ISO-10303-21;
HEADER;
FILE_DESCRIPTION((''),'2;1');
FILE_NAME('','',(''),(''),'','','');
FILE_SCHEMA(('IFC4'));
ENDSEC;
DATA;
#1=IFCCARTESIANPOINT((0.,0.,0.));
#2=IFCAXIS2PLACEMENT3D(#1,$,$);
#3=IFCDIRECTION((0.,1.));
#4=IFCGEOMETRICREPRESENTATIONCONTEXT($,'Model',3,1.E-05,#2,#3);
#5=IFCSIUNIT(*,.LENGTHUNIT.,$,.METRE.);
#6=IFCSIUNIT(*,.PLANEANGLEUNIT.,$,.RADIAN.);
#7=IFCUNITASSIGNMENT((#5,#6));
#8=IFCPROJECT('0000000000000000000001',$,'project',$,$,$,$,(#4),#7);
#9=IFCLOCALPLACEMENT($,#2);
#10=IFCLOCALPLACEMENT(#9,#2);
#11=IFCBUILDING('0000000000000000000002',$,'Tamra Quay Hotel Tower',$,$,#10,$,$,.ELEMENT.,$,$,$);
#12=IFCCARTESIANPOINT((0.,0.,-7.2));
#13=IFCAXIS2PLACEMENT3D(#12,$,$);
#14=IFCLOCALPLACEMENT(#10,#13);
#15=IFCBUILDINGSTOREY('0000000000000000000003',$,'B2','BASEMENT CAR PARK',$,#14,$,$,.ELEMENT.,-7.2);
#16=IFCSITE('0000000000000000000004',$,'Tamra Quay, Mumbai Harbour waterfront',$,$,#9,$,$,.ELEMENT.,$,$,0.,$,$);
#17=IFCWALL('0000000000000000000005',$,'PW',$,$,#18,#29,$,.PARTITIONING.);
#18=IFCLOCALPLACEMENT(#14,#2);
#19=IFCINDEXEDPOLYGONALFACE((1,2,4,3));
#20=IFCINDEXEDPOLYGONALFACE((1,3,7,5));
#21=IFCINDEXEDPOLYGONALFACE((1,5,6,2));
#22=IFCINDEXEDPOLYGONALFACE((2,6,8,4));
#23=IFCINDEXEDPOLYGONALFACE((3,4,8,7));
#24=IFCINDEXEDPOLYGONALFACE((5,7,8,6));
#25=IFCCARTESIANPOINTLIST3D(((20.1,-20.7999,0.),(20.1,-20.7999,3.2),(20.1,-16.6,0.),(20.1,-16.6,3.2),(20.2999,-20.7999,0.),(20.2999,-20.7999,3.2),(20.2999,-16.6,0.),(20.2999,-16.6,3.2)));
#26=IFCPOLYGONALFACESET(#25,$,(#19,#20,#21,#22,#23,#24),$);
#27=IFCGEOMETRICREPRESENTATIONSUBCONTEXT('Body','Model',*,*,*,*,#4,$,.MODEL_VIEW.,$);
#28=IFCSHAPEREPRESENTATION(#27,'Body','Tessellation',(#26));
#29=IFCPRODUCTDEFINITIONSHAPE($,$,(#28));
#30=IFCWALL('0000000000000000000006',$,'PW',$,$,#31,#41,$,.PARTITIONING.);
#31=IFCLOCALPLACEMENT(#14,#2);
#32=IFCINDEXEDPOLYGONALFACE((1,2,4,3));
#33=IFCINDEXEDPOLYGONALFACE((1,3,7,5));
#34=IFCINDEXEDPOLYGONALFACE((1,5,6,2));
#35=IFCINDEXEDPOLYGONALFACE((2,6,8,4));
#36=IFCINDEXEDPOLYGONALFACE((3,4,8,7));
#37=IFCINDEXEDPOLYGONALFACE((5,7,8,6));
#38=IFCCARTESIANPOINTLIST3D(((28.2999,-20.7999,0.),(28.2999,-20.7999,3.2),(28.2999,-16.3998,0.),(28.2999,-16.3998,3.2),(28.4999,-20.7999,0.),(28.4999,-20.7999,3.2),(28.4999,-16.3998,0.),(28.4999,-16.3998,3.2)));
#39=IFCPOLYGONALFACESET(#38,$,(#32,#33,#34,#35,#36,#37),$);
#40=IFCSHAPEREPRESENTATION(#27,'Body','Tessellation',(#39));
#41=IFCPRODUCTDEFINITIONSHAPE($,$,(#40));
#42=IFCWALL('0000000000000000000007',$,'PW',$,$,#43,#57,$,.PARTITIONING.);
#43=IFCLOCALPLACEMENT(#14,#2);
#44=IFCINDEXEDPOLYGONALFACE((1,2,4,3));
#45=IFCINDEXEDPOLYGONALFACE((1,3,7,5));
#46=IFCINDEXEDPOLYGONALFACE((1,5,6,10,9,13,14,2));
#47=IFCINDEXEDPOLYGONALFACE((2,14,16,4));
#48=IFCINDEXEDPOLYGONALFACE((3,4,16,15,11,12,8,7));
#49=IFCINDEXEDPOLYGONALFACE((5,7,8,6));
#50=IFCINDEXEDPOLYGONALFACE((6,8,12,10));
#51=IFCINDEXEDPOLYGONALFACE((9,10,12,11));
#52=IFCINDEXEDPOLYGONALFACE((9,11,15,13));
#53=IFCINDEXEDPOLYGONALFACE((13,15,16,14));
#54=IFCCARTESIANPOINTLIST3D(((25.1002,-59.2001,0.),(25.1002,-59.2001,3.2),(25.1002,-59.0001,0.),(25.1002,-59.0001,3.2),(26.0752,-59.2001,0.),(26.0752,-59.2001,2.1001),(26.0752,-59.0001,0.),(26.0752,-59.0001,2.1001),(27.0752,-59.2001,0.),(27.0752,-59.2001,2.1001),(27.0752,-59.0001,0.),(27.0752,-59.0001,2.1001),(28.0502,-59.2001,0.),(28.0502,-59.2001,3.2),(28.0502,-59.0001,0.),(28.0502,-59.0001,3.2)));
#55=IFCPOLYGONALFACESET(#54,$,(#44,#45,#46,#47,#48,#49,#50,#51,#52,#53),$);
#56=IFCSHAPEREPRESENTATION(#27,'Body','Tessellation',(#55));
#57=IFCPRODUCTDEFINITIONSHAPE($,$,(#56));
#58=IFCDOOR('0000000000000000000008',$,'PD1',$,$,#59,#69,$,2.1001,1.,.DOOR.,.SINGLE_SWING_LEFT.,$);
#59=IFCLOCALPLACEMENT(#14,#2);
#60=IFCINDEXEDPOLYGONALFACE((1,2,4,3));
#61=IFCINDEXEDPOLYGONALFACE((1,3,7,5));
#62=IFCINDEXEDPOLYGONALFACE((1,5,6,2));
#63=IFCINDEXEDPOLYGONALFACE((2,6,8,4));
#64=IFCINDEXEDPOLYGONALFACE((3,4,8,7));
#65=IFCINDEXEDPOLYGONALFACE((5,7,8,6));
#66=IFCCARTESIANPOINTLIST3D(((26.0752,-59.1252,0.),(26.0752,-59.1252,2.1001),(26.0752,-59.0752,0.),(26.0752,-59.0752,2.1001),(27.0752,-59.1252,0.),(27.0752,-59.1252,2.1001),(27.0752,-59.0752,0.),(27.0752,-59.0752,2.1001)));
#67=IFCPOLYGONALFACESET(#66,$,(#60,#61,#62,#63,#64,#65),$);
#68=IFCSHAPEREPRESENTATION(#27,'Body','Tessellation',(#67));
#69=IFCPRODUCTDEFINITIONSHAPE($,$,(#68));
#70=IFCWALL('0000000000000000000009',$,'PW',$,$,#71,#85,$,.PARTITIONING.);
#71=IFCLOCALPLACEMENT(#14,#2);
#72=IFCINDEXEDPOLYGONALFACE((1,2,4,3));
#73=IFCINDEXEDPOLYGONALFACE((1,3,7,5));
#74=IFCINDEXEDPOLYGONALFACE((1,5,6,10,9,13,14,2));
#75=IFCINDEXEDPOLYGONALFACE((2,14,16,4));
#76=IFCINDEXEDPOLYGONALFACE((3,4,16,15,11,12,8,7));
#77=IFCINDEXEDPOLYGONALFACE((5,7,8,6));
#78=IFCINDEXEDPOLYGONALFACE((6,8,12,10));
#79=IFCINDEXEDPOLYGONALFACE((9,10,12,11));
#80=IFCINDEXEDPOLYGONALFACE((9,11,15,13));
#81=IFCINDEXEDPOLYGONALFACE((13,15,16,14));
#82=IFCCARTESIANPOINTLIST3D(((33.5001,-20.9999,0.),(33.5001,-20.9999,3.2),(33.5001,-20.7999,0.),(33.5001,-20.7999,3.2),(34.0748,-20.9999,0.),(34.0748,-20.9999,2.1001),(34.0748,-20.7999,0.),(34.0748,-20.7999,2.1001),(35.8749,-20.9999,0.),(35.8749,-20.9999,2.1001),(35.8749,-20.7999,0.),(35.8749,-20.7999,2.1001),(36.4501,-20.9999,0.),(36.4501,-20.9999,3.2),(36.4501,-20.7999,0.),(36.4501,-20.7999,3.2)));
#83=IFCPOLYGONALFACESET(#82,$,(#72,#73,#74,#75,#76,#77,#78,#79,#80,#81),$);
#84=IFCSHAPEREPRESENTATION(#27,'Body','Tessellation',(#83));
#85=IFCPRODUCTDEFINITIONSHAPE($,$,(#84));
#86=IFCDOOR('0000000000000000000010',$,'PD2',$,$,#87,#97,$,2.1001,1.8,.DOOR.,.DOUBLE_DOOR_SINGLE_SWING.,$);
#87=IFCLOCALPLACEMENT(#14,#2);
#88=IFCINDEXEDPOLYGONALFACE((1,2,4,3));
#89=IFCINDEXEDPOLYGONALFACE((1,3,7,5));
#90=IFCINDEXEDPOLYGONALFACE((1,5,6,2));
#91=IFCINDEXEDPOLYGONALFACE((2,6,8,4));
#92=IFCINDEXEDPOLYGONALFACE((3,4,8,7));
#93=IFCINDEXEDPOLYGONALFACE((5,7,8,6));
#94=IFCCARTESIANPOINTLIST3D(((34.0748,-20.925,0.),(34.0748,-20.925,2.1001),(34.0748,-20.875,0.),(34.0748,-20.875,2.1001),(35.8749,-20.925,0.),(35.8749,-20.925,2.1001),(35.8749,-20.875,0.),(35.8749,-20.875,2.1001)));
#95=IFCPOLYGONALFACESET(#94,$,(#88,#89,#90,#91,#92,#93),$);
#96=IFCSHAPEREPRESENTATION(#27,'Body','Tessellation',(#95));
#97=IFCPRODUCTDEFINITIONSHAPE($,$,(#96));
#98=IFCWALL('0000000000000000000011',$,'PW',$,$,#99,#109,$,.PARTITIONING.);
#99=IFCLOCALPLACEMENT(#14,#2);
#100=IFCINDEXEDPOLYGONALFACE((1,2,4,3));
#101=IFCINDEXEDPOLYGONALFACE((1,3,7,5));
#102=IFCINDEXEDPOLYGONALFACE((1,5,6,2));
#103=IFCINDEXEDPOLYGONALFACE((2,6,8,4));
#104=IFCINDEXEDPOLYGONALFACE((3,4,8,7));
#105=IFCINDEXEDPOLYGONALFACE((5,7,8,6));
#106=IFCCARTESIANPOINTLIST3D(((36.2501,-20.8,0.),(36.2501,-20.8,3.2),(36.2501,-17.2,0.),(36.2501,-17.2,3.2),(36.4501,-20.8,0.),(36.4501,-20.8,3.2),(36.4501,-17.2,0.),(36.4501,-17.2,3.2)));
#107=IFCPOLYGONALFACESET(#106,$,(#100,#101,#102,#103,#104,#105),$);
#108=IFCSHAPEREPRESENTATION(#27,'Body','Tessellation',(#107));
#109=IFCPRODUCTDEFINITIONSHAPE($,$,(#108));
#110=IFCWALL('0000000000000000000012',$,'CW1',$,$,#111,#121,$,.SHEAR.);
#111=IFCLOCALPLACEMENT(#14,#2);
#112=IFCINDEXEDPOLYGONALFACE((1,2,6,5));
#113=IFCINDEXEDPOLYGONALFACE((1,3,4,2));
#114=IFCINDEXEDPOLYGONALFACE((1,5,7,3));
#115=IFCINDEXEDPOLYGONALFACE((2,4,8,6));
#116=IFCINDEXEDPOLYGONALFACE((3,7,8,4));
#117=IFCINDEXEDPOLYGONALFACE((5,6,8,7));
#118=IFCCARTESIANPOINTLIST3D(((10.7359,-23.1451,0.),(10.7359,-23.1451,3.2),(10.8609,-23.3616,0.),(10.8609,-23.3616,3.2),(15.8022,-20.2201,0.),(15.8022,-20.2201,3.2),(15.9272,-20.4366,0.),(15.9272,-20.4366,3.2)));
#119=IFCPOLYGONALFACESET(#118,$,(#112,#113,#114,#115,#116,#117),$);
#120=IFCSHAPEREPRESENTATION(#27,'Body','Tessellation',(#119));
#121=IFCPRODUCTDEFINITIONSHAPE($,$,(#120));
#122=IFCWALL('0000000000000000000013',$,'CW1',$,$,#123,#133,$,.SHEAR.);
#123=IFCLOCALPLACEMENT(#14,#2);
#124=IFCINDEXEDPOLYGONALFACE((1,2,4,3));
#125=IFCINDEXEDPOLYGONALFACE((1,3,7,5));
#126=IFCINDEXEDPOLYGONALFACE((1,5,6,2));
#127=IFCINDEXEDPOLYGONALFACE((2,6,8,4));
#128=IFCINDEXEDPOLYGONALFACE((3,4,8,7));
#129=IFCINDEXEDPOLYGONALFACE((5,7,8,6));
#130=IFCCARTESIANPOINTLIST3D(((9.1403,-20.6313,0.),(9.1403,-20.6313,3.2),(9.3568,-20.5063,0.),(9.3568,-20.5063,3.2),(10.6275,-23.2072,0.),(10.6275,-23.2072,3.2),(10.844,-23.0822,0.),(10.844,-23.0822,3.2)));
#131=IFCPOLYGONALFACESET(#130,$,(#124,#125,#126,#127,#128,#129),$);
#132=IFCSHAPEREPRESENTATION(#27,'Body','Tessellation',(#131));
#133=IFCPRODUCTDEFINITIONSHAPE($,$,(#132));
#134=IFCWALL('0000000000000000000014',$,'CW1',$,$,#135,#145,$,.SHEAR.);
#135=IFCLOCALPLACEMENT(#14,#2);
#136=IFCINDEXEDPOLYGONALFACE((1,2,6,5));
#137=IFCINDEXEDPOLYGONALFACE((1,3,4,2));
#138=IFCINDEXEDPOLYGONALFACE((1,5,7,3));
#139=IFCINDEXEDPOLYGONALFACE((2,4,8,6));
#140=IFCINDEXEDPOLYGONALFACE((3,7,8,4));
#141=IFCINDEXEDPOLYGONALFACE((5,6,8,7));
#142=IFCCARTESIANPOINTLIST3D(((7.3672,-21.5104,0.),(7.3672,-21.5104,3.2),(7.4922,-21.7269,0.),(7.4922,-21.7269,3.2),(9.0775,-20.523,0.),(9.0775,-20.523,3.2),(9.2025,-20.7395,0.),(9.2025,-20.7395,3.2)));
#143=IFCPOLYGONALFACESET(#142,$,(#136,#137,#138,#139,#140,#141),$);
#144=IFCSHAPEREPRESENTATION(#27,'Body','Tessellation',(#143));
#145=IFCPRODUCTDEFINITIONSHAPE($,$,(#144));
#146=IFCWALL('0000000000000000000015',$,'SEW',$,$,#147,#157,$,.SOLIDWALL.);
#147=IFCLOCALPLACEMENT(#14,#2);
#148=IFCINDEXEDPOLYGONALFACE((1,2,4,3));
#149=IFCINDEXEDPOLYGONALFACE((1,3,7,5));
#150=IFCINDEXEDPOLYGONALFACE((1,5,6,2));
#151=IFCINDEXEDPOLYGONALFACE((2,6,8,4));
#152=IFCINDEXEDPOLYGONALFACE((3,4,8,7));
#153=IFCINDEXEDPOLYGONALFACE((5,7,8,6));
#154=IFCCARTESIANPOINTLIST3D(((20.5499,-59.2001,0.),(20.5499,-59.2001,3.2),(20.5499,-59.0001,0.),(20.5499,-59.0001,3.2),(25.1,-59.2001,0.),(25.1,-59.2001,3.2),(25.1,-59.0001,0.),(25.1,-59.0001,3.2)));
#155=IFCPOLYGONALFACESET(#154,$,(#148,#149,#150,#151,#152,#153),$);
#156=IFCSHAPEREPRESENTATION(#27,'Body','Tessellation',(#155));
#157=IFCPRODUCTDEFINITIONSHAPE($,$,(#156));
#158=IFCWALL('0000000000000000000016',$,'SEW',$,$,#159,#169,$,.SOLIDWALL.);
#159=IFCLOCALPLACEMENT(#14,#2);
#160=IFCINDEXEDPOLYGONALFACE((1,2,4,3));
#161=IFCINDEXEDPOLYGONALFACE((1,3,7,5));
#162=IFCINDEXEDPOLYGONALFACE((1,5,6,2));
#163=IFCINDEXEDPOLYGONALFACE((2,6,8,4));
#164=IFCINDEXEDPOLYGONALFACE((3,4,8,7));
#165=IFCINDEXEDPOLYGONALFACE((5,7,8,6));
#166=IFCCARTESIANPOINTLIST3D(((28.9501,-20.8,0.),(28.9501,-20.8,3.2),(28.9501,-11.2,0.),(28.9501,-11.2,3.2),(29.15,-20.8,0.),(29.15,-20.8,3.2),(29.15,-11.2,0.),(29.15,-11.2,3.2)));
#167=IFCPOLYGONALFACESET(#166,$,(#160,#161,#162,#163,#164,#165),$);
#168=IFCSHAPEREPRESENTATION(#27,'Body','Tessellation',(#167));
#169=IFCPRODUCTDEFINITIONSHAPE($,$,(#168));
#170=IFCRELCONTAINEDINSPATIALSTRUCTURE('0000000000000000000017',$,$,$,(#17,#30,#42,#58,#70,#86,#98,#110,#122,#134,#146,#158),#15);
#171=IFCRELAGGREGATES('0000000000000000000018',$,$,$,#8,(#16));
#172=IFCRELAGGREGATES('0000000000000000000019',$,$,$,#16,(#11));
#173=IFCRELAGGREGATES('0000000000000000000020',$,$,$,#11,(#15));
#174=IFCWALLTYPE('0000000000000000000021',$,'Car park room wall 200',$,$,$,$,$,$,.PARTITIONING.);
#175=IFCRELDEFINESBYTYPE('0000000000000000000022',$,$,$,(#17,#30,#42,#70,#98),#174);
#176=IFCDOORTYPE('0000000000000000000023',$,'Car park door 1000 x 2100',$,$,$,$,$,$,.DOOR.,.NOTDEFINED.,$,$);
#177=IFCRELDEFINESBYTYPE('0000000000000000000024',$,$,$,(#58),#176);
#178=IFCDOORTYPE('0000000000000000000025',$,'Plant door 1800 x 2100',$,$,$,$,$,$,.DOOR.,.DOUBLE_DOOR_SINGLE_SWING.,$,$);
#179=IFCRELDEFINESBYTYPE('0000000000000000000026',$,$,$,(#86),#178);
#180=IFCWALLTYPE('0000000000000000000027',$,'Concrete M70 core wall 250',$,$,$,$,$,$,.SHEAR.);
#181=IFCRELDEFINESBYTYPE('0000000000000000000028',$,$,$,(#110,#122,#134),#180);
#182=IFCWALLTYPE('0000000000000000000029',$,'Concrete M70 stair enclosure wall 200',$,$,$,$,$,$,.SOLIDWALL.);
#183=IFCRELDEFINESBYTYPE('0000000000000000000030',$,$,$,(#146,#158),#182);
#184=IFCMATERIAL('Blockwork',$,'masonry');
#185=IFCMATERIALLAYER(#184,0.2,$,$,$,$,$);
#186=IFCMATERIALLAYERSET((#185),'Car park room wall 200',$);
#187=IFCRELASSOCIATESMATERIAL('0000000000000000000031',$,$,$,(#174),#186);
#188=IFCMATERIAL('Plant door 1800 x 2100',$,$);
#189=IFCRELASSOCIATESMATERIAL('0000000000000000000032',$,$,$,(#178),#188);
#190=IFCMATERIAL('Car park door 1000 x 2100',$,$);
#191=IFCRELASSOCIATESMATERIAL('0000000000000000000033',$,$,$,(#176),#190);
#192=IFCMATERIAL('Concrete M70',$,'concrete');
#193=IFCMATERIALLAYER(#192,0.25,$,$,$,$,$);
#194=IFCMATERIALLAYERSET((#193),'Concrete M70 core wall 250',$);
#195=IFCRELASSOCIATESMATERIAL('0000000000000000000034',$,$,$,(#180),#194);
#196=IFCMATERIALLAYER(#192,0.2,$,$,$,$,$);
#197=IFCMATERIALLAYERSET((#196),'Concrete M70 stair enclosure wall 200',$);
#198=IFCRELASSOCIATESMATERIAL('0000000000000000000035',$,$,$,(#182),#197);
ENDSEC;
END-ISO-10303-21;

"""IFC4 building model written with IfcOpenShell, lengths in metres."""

from ifc_helpers import new_model, si_unit, direction, frame, frame_2d, origin, place, context, subcontext, project, spatial, rectangle, extrude, material, layer, layer_set, type_object, element, fill, save


model = new_model("IFC4")

# Units and contexts
model_context = context("Model", 3, precision=1e-05, world=origin(), true_north=direction((0.0, 1.0)))
body_context = subcontext(model_context, "Body", "Model", "MODEL_VIEW")
ifc_project = project(units=[si_unit("LENGTHUNIT", "METRE"), si_unit("PLANEANGLEUNIT", "RADIAN")], contexts=[model_context])

# Site, building, storey
site_placement = place(None, origin())
site = spatial("IfcSite", under=ifc_project, at=site_placement, Name="Tamra Quay, Mumbai Harbour waterfront", CompositionType="ELEMENT", RefElevation=0.0)
building_placement = place(site_placement, origin())
building = spatial("IfcBuilding", under=site, at=building_placement, Name="Tamra Quay Hotel Tower", CompositionType="ELEMENT")
storey_placement = place(building_placement, frame((0.0, 0.0, -7.2)))
storey = spatial("IfcBuildingStorey", under=building, at=storey_placement, Name="B2", Description="BASEMENT CAR PARK", CompositionType="ELEMENT", Elevation=-7.2)

# Shared definitions
ifc_material_1 = material(Name="Concrete M70", Category="concrete")

# Shared definitions
ifc_material_2 = material(Name="Blockwork", Category="masonry")
ifc_layer_1 = layer(ifc_material_2, 0.2)
ifc_layer_set_1 = layer_set([ifc_layer_1], Name="Car park room wall 200")
wall_type_1 = type_object("IfcWallType", Name="Car park room wall 200", PredefinedType="PARTITIONING", material=ifc_layer_set_1)

# Shared definitions
ifc_material_3 = material(Name="Plant door 1800 x 2100")
door_type_1 = type_object("IfcDoorType", Name="Plant door 1800 x 2100", OperationType="DOUBLE_DOOR_SINGLE_SWING", PredefinedType="DOOR", material=ifc_material_3)

# Walls
wall_1_placement = place(storey_placement, frame((20.2, -20.8, 0.0), z_axis=(0.0, 0.0, 1.0), x_axis=(0.0, 1.0, 0.0)))
element("IfcWall", 1, at=wall_1_placement, inside=storey, type_object=wall_type_1, Name="PW", PredefinedType="PARTITIONING", context=body_context, shape_type="SweptSolid", body=[
    extrude(rectangle(XDim=4.2, YDim=0.2, at=frame_2d((2.1001, 0.0))), origin(), (0.0, 0.0, 1.0), 3.2),
])
wall_2_placement = place(storey_placement, frame((28.3999, -20.8, 0.0), z_axis=(0.0, 0.0, 1.0), x_axis=(0.0, 1.0, 0.0)))
element("IfcWall", 2, at=wall_2_placement, inside=storey, type_object=wall_type_1, Name="PW", PredefinedType="PARTITIONING", context=body_context, shape_type="SweptSolid", body=[
    extrude(rectangle(XDim=4.4001, YDim=0.2, at=frame_2d((2.2002, 0.0))), origin(), (0.0, 0.0, 1.0), 3.2),
])

# Walls, openings, doors
wall_3_placement = place(storey_placement, frame((25.1001, -59.1001, 0.0), z_axis=(0.0, 0.0, 1.0), x_axis=(1.0, 0.0, 0.0)))
wall_3 = element("IfcWall", 3, at=wall_3_placement, inside=storey, type_object=wall_type_1, Name="PW", PredefinedType="PARTITIONING", context=body_context, shape_type="SweptSolid", body=[
    extrude(rectangle(XDim=2.95, YDim=0.2, at=frame_2d((1.4751, 0.0))), origin(), (0.0, 0.0, 1.0), 3.2),
])
opening_1_placement = place(wall_3_placement, frame((0.9751, 0.0, 0.0)))
opening_1 = element("IfcOpeningElement", 4, at=opening_1_placement, cuts=wall_3, PredefinedType="OPENING", context=body_context, shape_type="SweptSolid", body=[
    extrude(rectangle(XDim=1.0, YDim=2.1001, at=frame_2d((0.5, 1.05))), frame((0.0, 0.1099, 0.0), z_axis=(0.0, -1.0, 0.0), x_axis=(1.0, 0.0, 0.0)), (0.0, 0.0, 1.0), 0.22),
])
ifc_material_4 = material(Name="Car park door 1000 x 2100")
door_type_2 = type_object("IfcDoorType", Name="Car park door 1000 x 2100", OperationType="NOTDEFINED", PredefinedType="DOOR", material=ifc_material_4)
door_1_placement = place(opening_1_placement, origin())
door_1 = element("IfcDoor", 5, at=door_1_placement, inside=storey, type_object=door_type_2, Name="PD1", OperationType="SINGLE_SWING_LEFT", OverallHeight=2.1001, OverallWidth=1.0, PredefinedType="DOOR", context=body_context, shape_type="SweptSolid", body=[
    extrude(rectangle(XDim=1.0, YDim=2.1001, at=frame_2d((0.5, 1.05))), frame((0.0, 0.0249, 0.0), z_axis=(0.0, -1.0, 0.0), x_axis=(1.0, 0.0, 0.0)), (0.0, 0.0, 1.0), 0.05),
])
fill(opening_1, door_1)
wall_4_placement = place(storey_placement, frame((33.5, -20.8999, 0.0), z_axis=(0.0, 0.0, 1.0), x_axis=(1.0, 0.0, 0.0)))
wall_4 = element("IfcWall", 6, at=wall_4_placement, inside=storey, type_object=wall_type_1, Name="PW", PredefinedType="PARTITIONING", context=body_context, shape_type="SweptSolid", body=[
    extrude(rectangle(XDim=2.95, YDim=0.2, at=frame_2d((1.4751, 0.0))), origin(), (0.0, 0.0, 1.0), 3.2),
])
opening_2_placement = place(wall_4_placement, frame((0.575, 0.0, 0.0)))
opening_2 = element("IfcOpeningElement", 7, at=opening_2_placement, cuts=wall_4, PredefinedType="OPENING", context=body_context, shape_type="SweptSolid", body=[
    extrude(rectangle(XDim=1.8, YDim=2.1001, at=frame_2d((0.8999, 1.05))), frame((0.0, 0.1099, 0.0), z_axis=(0.0, -1.0, 0.0), x_axis=(1.0, 0.0, 0.0)), (0.0, 0.0, 1.0), 0.22),
])
door_2_placement = place(opening_2_placement, origin())
door_2 = element("IfcDoor", 8, at=door_2_placement, inside=storey, type_object=door_type_1, Name="PD2", OperationType="DOUBLE_DOOR_SINGLE_SWING", OverallHeight=2.1001, OverallWidth=1.8, PredefinedType="DOOR", context=body_context, shape_type="SweptSolid", body=[
    extrude(rectangle(XDim=1.8, YDim=2.1001, at=frame_2d((0.8999, 1.05))), frame((0.0, 0.0249, 0.0), z_axis=(0.0, -1.0, 0.0), x_axis=(1.0, 0.0, 0.0)), (0.0, 0.0, 1.0), 0.05),
])
fill(opening_2, door_2)

# Walls
wall_5_placement = place(storey_placement, frame((36.3501, -20.8, 0.0), z_axis=(0.0, 0.0, 1.0), x_axis=(0.0, 1.0, 0.0)))
element("IfcWall", 9, at=wall_5_placement, inside=storey, type_object=wall_type_1, Name="PW", PredefinedType="PARTITIONING", context=body_context, shape_type="SweptSolid", body=[
    extrude(rectangle(XDim=3.6001, YDim=0.2, at=frame_2d((1.8, 0.0))), origin(), (0.0, 0.0, 1.0), 3.2),
])
ifc_layer_2 = layer(ifc_material_1, 0.25)
ifc_layer_set_2 = layer_set([ifc_layer_2], Name="Concrete M70 core wall 250")
wall_type_2 = type_object("IfcWallType", Name="Concrete M70 core wall 250", PredefinedType="SHEAR", material=ifc_layer_set_2)
wall_6_placement = place(storey_placement, frame((15.8647, -20.3284, 0.0), z_axis=(0.0, 0.0, 1.0), x_axis=(-0.866029, -0.499995, 0.0)))
element("IfcWall", 10, at=wall_6_placement, inside=storey, type_object=wall_type_2, Name="CW1", PredefinedType="SHEAR", context=body_context, shape_type="SweptSolid", body=[
    extrude(rectangle(XDim=5.8501, YDim=0.25, at=frame_2d((2.925, 0.0))), origin(), (0.0, 0.0, 1.0), 3.2),
])
wall_7_placement = place(storey_placement, frame((10.7358, -23.1448, 0.0), z_axis=(0.0, 0.0, 1.0), x_axis=(-0.500023, 0.866012, 0.0)))
element("IfcWall", 11, at=wall_7_placement, inside=storey, type_object=wall_type_2, Name="CW1", PredefinedType="SHEAR", context=body_context, shape_type="SweptSolid", body=[
    extrude(rectangle(XDim=2.9744, YDim=0.25, at=frame_2d((1.4873, 0.0))), origin(), (0.0, 0.0, 1.0), 3.2),
])
wall_8_placement = place(storey_placement, frame((9.1399, -20.6313, 0.0), z_axis=(0.0, 0.0, 1.0), x_axis=(-0.866044, -0.499969, 0.0)))
element("IfcWall", 12, at=wall_8_placement, inside=storey, type_object=wall_type_2, Name="CW1", PredefinedType="SHEAR", context=body_context, shape_type="SweptSolid", body=[
    extrude(rectangle(XDim=1.9749, YDim=0.25, at=frame_2d((0.9873, 0.0))), origin(), (0.0, 0.0, 1.0), 3.2),
])
ifc_layer_3 = layer(ifc_material_1, 0.2)
ifc_layer_set_3 = layer_set([ifc_layer_3], Name="Concrete M70 stair enclosure wall 200")
wall_type_3 = type_object("IfcWallType", Name="Concrete M70 stair enclosure wall 200", PredefinedType="SOLIDWALL", material=ifc_layer_set_3)
wall_9_placement = place(storey_placement, frame((20.55, -59.1001, 0.0), z_axis=(0.0, 0.0, 1.0), x_axis=(1.0, 0.0, 0.0)))
element("IfcWall", 13, at=wall_9_placement, inside=storey, type_object=wall_type_3, Name="SEW", PredefinedType="SOLIDWALL", context=body_context, shape_type="SweptSolid", body=[
    extrude(rectangle(XDim=4.55, YDim=0.2, at=frame_2d((2.2749, 0.0))), origin(), (0.0, 0.0, 1.0), 3.2),
])
wall_10_placement = place(storey_placement, frame((29.05, -20.8, 0.0), z_axis=(0.0, 0.0, 1.0), x_axis=(0.0, 1.0, 0.0)))
element("IfcWall", 14, at=wall_10_placement, inside=storey, type_object=wall_type_3, Name="SEW", PredefinedType="SOLIDWALL", context=body_context, shape_type="SweptSolid", body=[
    extrude(rectangle(XDim=9.6001, YDim=0.2, at=frame_2d((4.8, 0.0))), origin(), (0.0, 0.0, 1.0), 3.2),
])

save(model, "model.ifc")
